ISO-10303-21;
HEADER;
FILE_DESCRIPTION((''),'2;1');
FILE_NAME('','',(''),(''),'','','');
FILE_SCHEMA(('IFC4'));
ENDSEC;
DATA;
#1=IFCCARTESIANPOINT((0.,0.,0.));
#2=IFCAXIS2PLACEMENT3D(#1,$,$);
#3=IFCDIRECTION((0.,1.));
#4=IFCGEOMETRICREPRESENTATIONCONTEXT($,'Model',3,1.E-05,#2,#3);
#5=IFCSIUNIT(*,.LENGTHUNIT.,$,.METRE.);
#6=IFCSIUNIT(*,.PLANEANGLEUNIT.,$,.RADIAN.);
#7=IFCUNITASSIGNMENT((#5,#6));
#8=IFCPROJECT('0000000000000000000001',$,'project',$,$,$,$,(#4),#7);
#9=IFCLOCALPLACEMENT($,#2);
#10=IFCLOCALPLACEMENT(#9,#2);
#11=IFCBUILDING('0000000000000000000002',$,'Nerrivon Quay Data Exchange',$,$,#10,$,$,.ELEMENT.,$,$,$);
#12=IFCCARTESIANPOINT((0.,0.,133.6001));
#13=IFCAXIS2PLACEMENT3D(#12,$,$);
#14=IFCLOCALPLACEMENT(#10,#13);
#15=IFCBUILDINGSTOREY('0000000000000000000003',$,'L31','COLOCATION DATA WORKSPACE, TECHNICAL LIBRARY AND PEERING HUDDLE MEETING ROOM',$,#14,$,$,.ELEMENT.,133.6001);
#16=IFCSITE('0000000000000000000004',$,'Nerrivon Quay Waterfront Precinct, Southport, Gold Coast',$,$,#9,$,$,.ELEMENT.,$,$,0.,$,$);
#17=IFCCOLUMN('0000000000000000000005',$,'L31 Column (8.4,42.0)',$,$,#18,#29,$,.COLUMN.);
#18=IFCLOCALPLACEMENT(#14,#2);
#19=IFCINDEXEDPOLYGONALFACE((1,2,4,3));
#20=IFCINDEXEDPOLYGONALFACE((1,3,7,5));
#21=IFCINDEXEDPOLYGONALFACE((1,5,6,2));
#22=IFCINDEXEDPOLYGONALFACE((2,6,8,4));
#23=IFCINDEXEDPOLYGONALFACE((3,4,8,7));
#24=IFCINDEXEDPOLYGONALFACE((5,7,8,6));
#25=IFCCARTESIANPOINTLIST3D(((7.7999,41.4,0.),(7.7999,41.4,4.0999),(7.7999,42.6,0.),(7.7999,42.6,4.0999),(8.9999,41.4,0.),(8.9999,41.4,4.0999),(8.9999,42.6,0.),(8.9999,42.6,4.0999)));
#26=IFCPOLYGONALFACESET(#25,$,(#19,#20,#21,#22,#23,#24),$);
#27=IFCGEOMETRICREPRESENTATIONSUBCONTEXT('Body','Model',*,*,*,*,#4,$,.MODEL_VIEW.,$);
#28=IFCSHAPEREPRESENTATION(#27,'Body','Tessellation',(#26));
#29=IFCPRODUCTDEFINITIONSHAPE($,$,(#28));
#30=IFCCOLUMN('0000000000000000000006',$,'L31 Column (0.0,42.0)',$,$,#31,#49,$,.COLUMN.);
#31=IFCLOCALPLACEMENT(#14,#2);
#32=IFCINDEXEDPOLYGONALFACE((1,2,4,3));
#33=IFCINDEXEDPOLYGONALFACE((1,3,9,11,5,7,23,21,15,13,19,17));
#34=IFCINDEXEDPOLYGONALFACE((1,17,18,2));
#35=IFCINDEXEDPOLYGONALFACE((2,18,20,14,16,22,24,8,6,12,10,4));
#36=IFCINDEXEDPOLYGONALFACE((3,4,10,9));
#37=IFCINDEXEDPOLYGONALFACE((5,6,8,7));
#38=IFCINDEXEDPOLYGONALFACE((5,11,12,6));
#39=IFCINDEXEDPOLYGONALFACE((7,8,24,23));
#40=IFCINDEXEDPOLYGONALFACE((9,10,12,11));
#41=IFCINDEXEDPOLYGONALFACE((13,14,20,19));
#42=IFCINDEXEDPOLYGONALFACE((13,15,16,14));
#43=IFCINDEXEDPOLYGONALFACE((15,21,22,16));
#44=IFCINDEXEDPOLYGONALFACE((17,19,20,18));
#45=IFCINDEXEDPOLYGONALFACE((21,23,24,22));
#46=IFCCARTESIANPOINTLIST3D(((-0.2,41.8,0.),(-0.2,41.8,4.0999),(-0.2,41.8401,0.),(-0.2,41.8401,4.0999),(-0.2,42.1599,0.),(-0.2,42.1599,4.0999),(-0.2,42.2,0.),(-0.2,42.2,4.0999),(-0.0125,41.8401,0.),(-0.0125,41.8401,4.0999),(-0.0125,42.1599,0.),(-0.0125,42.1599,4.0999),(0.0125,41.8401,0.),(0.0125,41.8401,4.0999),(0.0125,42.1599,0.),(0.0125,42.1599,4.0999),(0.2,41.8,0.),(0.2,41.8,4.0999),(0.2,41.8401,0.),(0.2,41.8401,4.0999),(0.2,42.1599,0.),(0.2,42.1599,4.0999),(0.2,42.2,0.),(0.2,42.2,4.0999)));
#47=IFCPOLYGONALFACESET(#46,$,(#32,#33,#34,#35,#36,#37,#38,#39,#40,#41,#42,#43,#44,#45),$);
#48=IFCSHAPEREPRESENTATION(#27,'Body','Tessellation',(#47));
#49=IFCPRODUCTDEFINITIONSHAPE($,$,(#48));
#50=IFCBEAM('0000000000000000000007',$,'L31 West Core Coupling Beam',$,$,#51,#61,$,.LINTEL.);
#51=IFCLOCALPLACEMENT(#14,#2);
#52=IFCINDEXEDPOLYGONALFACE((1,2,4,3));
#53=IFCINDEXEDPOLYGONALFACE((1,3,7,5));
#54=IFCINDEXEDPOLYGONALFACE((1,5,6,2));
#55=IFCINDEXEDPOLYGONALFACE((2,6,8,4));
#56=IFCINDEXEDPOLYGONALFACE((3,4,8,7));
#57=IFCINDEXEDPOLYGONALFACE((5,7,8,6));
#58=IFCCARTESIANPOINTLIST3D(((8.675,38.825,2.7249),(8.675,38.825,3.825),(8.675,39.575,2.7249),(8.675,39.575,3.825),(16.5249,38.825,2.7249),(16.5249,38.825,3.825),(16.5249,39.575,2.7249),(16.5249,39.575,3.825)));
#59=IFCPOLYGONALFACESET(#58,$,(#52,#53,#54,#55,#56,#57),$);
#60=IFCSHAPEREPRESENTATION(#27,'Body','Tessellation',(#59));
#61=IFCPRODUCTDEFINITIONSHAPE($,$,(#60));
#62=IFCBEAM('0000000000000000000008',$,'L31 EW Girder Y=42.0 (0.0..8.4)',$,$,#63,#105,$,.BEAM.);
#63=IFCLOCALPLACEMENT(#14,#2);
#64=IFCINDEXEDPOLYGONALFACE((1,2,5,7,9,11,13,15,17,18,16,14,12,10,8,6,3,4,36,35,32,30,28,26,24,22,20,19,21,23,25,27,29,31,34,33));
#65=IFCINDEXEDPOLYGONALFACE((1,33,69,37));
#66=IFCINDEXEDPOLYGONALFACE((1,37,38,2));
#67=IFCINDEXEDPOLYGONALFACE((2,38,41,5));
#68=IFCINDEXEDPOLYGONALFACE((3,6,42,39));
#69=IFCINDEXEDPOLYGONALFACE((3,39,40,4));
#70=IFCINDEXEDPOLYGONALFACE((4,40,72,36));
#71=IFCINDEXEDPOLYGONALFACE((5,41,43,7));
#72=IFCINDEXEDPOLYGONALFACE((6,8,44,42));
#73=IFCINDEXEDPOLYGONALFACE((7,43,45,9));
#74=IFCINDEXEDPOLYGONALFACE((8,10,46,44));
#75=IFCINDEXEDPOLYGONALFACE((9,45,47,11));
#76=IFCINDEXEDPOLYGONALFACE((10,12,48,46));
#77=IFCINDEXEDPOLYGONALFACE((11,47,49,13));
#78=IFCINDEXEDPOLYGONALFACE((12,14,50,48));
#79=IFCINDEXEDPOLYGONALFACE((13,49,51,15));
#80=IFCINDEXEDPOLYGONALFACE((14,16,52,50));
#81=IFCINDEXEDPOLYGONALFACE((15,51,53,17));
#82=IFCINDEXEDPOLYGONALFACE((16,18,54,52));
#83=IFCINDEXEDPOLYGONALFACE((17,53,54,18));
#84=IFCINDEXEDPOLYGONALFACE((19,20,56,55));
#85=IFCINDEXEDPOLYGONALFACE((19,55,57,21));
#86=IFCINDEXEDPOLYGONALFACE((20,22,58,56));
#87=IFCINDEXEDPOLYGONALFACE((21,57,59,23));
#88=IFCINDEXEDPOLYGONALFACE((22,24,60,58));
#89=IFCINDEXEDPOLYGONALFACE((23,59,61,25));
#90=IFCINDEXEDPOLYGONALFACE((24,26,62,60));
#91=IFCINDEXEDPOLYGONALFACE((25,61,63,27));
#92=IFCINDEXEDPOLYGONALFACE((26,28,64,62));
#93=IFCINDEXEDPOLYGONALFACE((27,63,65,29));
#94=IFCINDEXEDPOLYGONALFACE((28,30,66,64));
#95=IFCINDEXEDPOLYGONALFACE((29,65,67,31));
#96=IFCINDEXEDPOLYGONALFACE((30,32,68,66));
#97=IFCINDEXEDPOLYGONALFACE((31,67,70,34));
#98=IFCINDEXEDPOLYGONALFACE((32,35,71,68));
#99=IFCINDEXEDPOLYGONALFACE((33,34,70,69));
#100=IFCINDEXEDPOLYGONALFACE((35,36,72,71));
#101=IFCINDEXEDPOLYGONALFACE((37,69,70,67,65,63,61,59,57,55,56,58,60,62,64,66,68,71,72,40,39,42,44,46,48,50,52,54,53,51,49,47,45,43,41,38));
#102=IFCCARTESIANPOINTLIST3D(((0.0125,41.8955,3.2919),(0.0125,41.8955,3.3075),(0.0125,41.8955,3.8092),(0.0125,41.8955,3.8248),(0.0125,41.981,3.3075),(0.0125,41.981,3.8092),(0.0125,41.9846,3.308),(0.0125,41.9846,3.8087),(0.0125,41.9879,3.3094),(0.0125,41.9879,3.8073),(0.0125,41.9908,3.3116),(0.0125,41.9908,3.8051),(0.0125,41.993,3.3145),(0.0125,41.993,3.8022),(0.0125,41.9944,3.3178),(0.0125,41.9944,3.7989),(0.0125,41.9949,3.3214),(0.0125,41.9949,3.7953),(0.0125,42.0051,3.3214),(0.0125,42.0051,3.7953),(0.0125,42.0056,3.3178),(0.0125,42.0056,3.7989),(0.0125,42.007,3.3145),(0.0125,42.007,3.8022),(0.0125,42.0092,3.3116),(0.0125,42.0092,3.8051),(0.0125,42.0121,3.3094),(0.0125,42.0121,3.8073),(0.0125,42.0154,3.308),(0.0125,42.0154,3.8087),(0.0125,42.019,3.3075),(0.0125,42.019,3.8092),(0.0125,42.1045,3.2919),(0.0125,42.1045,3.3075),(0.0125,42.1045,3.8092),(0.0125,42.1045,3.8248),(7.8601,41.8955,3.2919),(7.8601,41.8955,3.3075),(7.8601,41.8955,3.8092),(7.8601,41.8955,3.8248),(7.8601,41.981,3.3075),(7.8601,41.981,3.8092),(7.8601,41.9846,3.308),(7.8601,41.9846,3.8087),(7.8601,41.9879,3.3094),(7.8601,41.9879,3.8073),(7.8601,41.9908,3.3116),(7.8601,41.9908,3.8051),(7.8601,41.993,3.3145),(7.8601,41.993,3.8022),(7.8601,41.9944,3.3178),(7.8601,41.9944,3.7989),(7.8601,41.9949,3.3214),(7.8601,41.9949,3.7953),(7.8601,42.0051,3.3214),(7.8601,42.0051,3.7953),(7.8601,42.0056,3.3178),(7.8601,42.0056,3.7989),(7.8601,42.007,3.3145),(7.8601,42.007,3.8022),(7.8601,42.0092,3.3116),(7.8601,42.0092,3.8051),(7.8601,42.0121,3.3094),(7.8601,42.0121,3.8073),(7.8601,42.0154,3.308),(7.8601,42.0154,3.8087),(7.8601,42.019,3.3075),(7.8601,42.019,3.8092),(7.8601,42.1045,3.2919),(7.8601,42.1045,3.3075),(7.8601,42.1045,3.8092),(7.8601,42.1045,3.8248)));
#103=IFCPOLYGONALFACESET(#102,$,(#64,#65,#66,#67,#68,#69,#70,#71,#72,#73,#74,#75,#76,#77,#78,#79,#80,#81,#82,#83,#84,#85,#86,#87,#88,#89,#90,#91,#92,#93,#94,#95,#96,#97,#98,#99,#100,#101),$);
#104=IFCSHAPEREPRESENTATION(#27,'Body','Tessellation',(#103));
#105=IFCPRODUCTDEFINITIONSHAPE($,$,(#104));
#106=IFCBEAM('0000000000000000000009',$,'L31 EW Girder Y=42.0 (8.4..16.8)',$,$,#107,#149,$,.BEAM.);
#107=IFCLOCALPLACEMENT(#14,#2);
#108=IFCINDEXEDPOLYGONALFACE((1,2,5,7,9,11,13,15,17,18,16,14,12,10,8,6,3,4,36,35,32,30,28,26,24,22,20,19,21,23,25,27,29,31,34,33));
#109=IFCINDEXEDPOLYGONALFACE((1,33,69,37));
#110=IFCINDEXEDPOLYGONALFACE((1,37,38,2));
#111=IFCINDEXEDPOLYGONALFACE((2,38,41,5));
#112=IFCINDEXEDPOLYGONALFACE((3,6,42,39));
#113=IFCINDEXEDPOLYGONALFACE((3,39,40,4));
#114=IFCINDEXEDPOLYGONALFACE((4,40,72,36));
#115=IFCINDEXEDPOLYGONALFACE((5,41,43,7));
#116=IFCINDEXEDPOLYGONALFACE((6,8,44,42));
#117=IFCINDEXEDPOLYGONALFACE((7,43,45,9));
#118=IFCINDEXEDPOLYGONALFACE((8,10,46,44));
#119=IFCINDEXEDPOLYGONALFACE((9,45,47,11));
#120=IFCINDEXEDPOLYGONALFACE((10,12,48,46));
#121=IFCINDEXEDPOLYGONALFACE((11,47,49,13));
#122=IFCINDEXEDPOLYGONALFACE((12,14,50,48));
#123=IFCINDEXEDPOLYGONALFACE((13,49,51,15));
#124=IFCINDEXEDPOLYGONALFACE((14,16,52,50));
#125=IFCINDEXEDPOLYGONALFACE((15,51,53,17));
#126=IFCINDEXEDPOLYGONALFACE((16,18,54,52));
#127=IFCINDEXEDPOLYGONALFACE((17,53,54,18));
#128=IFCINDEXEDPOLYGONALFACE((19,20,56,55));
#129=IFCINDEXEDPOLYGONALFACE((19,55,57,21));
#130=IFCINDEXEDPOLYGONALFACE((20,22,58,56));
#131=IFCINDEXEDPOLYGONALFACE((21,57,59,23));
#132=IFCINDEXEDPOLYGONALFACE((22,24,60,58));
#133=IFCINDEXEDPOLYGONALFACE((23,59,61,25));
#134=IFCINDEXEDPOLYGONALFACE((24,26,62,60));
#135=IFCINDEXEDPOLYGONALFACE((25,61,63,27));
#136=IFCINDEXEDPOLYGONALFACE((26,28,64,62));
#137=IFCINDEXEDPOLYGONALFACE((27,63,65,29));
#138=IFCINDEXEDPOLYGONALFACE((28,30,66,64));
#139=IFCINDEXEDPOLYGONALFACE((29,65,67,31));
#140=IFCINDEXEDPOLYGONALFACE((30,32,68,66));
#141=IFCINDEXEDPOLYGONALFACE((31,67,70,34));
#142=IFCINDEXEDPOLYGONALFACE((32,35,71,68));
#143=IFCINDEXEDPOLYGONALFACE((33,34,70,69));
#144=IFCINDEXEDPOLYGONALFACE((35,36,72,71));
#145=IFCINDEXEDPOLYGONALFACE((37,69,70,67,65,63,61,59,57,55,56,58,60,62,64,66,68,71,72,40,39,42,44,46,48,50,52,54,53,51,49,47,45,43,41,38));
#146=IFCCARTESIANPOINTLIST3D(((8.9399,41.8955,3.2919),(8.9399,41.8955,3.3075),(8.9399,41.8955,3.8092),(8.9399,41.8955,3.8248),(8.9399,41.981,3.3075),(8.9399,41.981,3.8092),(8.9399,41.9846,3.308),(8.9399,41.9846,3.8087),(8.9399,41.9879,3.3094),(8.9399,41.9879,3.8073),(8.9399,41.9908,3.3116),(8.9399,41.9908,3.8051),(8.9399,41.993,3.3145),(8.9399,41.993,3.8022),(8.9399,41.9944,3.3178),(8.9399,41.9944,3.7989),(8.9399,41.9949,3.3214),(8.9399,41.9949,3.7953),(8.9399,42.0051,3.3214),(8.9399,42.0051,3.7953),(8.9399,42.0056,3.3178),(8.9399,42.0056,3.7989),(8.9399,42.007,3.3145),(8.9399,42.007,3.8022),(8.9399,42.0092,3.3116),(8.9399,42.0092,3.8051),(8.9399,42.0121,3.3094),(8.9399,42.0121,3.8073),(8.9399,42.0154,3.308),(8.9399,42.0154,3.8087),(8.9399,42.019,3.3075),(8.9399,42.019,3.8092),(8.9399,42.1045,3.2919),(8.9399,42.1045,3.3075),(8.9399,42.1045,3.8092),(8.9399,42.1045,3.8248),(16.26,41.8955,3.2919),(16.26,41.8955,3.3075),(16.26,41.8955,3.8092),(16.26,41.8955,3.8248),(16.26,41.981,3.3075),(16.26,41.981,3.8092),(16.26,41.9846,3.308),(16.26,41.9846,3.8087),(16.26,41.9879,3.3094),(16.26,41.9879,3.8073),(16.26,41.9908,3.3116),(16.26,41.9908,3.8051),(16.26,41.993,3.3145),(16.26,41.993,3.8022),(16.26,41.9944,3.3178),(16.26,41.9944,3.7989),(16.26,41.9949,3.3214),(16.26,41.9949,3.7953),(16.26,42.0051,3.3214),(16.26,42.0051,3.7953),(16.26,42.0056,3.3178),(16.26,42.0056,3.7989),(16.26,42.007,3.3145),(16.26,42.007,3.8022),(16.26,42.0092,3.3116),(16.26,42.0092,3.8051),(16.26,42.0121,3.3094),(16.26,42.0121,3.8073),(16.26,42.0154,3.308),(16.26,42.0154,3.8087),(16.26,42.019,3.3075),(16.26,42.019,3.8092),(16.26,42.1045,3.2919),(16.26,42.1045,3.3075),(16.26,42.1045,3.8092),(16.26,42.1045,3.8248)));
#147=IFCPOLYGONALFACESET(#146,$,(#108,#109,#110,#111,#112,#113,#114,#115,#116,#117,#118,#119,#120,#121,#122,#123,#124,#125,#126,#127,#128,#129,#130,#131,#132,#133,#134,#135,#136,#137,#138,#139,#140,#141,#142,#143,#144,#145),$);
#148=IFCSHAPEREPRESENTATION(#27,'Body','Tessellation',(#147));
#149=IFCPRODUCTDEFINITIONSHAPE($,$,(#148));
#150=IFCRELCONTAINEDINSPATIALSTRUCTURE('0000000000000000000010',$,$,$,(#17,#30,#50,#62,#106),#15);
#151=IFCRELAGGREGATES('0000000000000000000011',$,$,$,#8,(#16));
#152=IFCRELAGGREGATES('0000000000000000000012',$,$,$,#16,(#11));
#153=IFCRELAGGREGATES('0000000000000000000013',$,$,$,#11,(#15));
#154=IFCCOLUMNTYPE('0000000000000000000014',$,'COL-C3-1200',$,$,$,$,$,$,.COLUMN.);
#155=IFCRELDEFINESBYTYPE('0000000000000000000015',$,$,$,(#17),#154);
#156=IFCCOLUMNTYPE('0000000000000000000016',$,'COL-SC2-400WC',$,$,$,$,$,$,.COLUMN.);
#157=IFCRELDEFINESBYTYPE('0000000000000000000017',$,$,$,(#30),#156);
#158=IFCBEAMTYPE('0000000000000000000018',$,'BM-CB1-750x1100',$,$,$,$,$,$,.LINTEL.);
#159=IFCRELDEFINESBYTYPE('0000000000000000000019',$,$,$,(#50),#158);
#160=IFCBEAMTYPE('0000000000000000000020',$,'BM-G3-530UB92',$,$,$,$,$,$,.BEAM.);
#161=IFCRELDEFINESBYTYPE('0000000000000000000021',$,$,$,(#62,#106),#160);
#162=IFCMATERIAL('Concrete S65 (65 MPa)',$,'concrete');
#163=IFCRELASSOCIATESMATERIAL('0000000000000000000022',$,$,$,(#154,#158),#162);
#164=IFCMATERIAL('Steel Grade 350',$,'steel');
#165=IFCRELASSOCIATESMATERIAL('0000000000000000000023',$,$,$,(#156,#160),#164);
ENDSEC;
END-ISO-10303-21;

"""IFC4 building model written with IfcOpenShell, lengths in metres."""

from ifc_helpers import new_model, si_unit, direction, frame, origin, origin_2d, place, context, subcontext, project, spatial, rectangle, i_section, extrude, material, material_profile, profile_set, type_object, element, save


model = new_model("IFC4")

# Units and contexts
model_context = context("Model", 3, precision=1e-05, world=origin(), true_north=direction((0.0, 1.0)))
body_context = subcontext(model_context, "Body", "Model", "MODEL_VIEW")
ifc_project = project(units=[si_unit("LENGTHUNIT", "METRE"), si_unit("PLANEANGLEUNIT", "RADIAN")], contexts=[model_context])

# Site, building, storey
site_placement = place(None, origin())
site = spatial("IfcSite", under=ifc_project, at=site_placement, Name="Nerrivon Quay Waterfront Precinct, Southport, Gold Coast", CompositionType="ELEMENT", RefElevation=0.0)
building_placement = place(site_placement, origin())
building = spatial("IfcBuilding", under=site, at=building_placement, Name="Nerrivon Quay Data Exchange", CompositionType="ELEMENT")
storey_placement = place(building_placement, frame((0.0, 0.0, 133.6001)))
storey = spatial("IfcBuildingStorey", under=building, at=storey_placement, Name="L31", Description="COLOCATION DATA WORKSPACE, TECHNICAL LIBRARY AND PEERING HUDDLE MEETING ROOM", CompositionType="ELEMENT", Elevation=133.6001)

# Columns
ifc_material_1 = material(Name="Concrete S65 (65 MPa)", Category="concrete")
ifc_material_profile_1 = material_profile(ifc_material_1, rectangle(XDim=1.2, YDim=1.2, at=origin_2d()), Name="RC-COL-1200x1200")
ifc_profile_set_1 = profile_set([ifc_material_profile_1], Name="Concrete S65 (65 MPa)")
column_type_1 = type_object("IfcColumnType", Name="COL-C3-1200", PredefinedType="COLUMN", material=ifc_profile_set_1)
column_1_placement = place(storey_placement, frame((8.3999, 42.0, 0.0), z_axis=(0.0, 0.0, 1.0), x_axis=(1.0, 0.0, 0.0)))
element("IfcColumn", 1, at=column_1_placement, inside=storey, type_object=column_type_1, Name="L31 Column (8.4,42.0)", PredefinedType="COLUMN", context=body_context, shape_type="SweptSolid", body=[
    extrude(rectangle(XDim=1.2, YDim=1.2, at=origin_2d()), origin(), (0.0, 0.0, 1.0), 4.0999),
])
ifc_material_2 = material(Name="Steel Grade 350", Category="steel")
ifc_material_profile_2 = material_profile(ifc_material_2, i_section(OverallWidth=0.3999, OverallDepth=0.3999, WebThickness=0.0249, FlangeThickness=0.04, at=origin_2d()), Name="400WC328")
ifc_profile_set_2 = profile_set([ifc_material_profile_2], Name="Steel Grade 350")
column_type_2 = type_object("IfcColumnType", Name="COL-SC2-400WC", PredefinedType="COLUMN", material=ifc_profile_set_2)
column_2_placement = place(storey_placement, frame((0.0, 42.0, 0.0), z_axis=(0.0, 0.0, 1.0), x_axis=(1.0, 0.0, 0.0)))
element("IfcColumn", 2, at=column_2_placement, inside=storey, type_object=column_type_2, Name="L31 Column (0.0,42.0)", PredefinedType="COLUMN", context=body_context, shape_type="SweptSolid", body=[
    extrude(i_section(OverallWidth=0.3999, OverallDepth=0.3999, WebThickness=0.0249, FlangeThickness=0.04, at=origin_2d()), origin(), (0.0, 0.0, 1.0), 4.0999),
])

# Beams
ifc_material_profile_3 = material_profile(ifc_material_1, rectangle(XDim=0.75, YDim=1.1001, at=origin_2d()), Name="RC-CB-750x1100")
ifc_profile_set_3 = profile_set([ifc_material_profile_3], Name="Concrete S65 (65 MPa)")
beam_type_1 = type_object("IfcBeamType", Name="BM-CB1-750x1100", PredefinedType="LINTEL", material=ifc_profile_set_3)
beam_1_placement = place(storey_placement, frame((8.675, 39.2, 3.2749), z_axis=(1.0, 0.0, 0.0), x_axis=(0.0, 1.0, 0.0)))
element("IfcBeam", 3, at=beam_1_placement, inside=storey, type_object=beam_type_1, Name="L31 West Core Coupling Beam", PredefinedType="LINTEL", context=body_context, shape_type="SweptSolid", body=[
    extrude(rectangle(XDim=0.75, YDim=1.1001, at=origin_2d()), origin(), (0.0, 0.0, 1.0), 7.8499),
])
ifc_material_profile_4 = material_profile(ifc_material_2, i_section(OverallWidth=0.209, OverallDepth=0.533, WebThickness=0.0103, FlangeThickness=0.0156, FilletRadius=0.0139, at=origin_2d()), Name="530UB92.4")
ifc_profile_set_4 = profile_set([ifc_material_profile_4], Name="Steel Grade 350")
beam_type_2 = type_object("IfcBeamType", Name="BM-G3-530UB92", PredefinedType="BEAM", material=ifc_profile_set_4)
beam_2_placement = place(storey_placement, frame((0.0125, 42.0, 3.5583), z_axis=(1.0, 0.0, 0.0), x_axis=(0.0, 1.0, 0.0)))
element("IfcBeam", 4, at=beam_2_placement, inside=storey, type_object=beam_type_2, Name="L31 EW Girder Y=42.0 (0.0..8.4)", PredefinedType="BEAM", context=body_context, shape_type="SweptSolid", body=[
    extrude(i_section(OverallWidth=0.209, OverallDepth=0.533, WebThickness=0.0103, FlangeThickness=0.0156, FilletRadius=0.0139, at=origin_2d()), origin(), (0.0, 0.0, 1.0), 7.8477),
])
beam_3_placement = place(storey_placement, frame((8.9399, 42.0, 3.5583), z_axis=(1.0, 0.0, 0.0), x_axis=(0.0, 1.0, 0.0)))
element("IfcBeam", 5, at=beam_3_placement, inside=storey, type_object=beam_type_2, Name="L31 EW Girder Y=42.0 (8.4..16.8)", PredefinedType="BEAM", context=body_context, shape_type="SweptSolid", body=[
    extrude(i_section(OverallWidth=0.209, OverallDepth=0.533, WebThickness=0.0103, FlangeThickness=0.0156, FilletRadius=0.0139, at=origin_2d()), origin(), (0.0, 0.0, 1.0), 7.3201),
])

save(model, "model.ifc")
